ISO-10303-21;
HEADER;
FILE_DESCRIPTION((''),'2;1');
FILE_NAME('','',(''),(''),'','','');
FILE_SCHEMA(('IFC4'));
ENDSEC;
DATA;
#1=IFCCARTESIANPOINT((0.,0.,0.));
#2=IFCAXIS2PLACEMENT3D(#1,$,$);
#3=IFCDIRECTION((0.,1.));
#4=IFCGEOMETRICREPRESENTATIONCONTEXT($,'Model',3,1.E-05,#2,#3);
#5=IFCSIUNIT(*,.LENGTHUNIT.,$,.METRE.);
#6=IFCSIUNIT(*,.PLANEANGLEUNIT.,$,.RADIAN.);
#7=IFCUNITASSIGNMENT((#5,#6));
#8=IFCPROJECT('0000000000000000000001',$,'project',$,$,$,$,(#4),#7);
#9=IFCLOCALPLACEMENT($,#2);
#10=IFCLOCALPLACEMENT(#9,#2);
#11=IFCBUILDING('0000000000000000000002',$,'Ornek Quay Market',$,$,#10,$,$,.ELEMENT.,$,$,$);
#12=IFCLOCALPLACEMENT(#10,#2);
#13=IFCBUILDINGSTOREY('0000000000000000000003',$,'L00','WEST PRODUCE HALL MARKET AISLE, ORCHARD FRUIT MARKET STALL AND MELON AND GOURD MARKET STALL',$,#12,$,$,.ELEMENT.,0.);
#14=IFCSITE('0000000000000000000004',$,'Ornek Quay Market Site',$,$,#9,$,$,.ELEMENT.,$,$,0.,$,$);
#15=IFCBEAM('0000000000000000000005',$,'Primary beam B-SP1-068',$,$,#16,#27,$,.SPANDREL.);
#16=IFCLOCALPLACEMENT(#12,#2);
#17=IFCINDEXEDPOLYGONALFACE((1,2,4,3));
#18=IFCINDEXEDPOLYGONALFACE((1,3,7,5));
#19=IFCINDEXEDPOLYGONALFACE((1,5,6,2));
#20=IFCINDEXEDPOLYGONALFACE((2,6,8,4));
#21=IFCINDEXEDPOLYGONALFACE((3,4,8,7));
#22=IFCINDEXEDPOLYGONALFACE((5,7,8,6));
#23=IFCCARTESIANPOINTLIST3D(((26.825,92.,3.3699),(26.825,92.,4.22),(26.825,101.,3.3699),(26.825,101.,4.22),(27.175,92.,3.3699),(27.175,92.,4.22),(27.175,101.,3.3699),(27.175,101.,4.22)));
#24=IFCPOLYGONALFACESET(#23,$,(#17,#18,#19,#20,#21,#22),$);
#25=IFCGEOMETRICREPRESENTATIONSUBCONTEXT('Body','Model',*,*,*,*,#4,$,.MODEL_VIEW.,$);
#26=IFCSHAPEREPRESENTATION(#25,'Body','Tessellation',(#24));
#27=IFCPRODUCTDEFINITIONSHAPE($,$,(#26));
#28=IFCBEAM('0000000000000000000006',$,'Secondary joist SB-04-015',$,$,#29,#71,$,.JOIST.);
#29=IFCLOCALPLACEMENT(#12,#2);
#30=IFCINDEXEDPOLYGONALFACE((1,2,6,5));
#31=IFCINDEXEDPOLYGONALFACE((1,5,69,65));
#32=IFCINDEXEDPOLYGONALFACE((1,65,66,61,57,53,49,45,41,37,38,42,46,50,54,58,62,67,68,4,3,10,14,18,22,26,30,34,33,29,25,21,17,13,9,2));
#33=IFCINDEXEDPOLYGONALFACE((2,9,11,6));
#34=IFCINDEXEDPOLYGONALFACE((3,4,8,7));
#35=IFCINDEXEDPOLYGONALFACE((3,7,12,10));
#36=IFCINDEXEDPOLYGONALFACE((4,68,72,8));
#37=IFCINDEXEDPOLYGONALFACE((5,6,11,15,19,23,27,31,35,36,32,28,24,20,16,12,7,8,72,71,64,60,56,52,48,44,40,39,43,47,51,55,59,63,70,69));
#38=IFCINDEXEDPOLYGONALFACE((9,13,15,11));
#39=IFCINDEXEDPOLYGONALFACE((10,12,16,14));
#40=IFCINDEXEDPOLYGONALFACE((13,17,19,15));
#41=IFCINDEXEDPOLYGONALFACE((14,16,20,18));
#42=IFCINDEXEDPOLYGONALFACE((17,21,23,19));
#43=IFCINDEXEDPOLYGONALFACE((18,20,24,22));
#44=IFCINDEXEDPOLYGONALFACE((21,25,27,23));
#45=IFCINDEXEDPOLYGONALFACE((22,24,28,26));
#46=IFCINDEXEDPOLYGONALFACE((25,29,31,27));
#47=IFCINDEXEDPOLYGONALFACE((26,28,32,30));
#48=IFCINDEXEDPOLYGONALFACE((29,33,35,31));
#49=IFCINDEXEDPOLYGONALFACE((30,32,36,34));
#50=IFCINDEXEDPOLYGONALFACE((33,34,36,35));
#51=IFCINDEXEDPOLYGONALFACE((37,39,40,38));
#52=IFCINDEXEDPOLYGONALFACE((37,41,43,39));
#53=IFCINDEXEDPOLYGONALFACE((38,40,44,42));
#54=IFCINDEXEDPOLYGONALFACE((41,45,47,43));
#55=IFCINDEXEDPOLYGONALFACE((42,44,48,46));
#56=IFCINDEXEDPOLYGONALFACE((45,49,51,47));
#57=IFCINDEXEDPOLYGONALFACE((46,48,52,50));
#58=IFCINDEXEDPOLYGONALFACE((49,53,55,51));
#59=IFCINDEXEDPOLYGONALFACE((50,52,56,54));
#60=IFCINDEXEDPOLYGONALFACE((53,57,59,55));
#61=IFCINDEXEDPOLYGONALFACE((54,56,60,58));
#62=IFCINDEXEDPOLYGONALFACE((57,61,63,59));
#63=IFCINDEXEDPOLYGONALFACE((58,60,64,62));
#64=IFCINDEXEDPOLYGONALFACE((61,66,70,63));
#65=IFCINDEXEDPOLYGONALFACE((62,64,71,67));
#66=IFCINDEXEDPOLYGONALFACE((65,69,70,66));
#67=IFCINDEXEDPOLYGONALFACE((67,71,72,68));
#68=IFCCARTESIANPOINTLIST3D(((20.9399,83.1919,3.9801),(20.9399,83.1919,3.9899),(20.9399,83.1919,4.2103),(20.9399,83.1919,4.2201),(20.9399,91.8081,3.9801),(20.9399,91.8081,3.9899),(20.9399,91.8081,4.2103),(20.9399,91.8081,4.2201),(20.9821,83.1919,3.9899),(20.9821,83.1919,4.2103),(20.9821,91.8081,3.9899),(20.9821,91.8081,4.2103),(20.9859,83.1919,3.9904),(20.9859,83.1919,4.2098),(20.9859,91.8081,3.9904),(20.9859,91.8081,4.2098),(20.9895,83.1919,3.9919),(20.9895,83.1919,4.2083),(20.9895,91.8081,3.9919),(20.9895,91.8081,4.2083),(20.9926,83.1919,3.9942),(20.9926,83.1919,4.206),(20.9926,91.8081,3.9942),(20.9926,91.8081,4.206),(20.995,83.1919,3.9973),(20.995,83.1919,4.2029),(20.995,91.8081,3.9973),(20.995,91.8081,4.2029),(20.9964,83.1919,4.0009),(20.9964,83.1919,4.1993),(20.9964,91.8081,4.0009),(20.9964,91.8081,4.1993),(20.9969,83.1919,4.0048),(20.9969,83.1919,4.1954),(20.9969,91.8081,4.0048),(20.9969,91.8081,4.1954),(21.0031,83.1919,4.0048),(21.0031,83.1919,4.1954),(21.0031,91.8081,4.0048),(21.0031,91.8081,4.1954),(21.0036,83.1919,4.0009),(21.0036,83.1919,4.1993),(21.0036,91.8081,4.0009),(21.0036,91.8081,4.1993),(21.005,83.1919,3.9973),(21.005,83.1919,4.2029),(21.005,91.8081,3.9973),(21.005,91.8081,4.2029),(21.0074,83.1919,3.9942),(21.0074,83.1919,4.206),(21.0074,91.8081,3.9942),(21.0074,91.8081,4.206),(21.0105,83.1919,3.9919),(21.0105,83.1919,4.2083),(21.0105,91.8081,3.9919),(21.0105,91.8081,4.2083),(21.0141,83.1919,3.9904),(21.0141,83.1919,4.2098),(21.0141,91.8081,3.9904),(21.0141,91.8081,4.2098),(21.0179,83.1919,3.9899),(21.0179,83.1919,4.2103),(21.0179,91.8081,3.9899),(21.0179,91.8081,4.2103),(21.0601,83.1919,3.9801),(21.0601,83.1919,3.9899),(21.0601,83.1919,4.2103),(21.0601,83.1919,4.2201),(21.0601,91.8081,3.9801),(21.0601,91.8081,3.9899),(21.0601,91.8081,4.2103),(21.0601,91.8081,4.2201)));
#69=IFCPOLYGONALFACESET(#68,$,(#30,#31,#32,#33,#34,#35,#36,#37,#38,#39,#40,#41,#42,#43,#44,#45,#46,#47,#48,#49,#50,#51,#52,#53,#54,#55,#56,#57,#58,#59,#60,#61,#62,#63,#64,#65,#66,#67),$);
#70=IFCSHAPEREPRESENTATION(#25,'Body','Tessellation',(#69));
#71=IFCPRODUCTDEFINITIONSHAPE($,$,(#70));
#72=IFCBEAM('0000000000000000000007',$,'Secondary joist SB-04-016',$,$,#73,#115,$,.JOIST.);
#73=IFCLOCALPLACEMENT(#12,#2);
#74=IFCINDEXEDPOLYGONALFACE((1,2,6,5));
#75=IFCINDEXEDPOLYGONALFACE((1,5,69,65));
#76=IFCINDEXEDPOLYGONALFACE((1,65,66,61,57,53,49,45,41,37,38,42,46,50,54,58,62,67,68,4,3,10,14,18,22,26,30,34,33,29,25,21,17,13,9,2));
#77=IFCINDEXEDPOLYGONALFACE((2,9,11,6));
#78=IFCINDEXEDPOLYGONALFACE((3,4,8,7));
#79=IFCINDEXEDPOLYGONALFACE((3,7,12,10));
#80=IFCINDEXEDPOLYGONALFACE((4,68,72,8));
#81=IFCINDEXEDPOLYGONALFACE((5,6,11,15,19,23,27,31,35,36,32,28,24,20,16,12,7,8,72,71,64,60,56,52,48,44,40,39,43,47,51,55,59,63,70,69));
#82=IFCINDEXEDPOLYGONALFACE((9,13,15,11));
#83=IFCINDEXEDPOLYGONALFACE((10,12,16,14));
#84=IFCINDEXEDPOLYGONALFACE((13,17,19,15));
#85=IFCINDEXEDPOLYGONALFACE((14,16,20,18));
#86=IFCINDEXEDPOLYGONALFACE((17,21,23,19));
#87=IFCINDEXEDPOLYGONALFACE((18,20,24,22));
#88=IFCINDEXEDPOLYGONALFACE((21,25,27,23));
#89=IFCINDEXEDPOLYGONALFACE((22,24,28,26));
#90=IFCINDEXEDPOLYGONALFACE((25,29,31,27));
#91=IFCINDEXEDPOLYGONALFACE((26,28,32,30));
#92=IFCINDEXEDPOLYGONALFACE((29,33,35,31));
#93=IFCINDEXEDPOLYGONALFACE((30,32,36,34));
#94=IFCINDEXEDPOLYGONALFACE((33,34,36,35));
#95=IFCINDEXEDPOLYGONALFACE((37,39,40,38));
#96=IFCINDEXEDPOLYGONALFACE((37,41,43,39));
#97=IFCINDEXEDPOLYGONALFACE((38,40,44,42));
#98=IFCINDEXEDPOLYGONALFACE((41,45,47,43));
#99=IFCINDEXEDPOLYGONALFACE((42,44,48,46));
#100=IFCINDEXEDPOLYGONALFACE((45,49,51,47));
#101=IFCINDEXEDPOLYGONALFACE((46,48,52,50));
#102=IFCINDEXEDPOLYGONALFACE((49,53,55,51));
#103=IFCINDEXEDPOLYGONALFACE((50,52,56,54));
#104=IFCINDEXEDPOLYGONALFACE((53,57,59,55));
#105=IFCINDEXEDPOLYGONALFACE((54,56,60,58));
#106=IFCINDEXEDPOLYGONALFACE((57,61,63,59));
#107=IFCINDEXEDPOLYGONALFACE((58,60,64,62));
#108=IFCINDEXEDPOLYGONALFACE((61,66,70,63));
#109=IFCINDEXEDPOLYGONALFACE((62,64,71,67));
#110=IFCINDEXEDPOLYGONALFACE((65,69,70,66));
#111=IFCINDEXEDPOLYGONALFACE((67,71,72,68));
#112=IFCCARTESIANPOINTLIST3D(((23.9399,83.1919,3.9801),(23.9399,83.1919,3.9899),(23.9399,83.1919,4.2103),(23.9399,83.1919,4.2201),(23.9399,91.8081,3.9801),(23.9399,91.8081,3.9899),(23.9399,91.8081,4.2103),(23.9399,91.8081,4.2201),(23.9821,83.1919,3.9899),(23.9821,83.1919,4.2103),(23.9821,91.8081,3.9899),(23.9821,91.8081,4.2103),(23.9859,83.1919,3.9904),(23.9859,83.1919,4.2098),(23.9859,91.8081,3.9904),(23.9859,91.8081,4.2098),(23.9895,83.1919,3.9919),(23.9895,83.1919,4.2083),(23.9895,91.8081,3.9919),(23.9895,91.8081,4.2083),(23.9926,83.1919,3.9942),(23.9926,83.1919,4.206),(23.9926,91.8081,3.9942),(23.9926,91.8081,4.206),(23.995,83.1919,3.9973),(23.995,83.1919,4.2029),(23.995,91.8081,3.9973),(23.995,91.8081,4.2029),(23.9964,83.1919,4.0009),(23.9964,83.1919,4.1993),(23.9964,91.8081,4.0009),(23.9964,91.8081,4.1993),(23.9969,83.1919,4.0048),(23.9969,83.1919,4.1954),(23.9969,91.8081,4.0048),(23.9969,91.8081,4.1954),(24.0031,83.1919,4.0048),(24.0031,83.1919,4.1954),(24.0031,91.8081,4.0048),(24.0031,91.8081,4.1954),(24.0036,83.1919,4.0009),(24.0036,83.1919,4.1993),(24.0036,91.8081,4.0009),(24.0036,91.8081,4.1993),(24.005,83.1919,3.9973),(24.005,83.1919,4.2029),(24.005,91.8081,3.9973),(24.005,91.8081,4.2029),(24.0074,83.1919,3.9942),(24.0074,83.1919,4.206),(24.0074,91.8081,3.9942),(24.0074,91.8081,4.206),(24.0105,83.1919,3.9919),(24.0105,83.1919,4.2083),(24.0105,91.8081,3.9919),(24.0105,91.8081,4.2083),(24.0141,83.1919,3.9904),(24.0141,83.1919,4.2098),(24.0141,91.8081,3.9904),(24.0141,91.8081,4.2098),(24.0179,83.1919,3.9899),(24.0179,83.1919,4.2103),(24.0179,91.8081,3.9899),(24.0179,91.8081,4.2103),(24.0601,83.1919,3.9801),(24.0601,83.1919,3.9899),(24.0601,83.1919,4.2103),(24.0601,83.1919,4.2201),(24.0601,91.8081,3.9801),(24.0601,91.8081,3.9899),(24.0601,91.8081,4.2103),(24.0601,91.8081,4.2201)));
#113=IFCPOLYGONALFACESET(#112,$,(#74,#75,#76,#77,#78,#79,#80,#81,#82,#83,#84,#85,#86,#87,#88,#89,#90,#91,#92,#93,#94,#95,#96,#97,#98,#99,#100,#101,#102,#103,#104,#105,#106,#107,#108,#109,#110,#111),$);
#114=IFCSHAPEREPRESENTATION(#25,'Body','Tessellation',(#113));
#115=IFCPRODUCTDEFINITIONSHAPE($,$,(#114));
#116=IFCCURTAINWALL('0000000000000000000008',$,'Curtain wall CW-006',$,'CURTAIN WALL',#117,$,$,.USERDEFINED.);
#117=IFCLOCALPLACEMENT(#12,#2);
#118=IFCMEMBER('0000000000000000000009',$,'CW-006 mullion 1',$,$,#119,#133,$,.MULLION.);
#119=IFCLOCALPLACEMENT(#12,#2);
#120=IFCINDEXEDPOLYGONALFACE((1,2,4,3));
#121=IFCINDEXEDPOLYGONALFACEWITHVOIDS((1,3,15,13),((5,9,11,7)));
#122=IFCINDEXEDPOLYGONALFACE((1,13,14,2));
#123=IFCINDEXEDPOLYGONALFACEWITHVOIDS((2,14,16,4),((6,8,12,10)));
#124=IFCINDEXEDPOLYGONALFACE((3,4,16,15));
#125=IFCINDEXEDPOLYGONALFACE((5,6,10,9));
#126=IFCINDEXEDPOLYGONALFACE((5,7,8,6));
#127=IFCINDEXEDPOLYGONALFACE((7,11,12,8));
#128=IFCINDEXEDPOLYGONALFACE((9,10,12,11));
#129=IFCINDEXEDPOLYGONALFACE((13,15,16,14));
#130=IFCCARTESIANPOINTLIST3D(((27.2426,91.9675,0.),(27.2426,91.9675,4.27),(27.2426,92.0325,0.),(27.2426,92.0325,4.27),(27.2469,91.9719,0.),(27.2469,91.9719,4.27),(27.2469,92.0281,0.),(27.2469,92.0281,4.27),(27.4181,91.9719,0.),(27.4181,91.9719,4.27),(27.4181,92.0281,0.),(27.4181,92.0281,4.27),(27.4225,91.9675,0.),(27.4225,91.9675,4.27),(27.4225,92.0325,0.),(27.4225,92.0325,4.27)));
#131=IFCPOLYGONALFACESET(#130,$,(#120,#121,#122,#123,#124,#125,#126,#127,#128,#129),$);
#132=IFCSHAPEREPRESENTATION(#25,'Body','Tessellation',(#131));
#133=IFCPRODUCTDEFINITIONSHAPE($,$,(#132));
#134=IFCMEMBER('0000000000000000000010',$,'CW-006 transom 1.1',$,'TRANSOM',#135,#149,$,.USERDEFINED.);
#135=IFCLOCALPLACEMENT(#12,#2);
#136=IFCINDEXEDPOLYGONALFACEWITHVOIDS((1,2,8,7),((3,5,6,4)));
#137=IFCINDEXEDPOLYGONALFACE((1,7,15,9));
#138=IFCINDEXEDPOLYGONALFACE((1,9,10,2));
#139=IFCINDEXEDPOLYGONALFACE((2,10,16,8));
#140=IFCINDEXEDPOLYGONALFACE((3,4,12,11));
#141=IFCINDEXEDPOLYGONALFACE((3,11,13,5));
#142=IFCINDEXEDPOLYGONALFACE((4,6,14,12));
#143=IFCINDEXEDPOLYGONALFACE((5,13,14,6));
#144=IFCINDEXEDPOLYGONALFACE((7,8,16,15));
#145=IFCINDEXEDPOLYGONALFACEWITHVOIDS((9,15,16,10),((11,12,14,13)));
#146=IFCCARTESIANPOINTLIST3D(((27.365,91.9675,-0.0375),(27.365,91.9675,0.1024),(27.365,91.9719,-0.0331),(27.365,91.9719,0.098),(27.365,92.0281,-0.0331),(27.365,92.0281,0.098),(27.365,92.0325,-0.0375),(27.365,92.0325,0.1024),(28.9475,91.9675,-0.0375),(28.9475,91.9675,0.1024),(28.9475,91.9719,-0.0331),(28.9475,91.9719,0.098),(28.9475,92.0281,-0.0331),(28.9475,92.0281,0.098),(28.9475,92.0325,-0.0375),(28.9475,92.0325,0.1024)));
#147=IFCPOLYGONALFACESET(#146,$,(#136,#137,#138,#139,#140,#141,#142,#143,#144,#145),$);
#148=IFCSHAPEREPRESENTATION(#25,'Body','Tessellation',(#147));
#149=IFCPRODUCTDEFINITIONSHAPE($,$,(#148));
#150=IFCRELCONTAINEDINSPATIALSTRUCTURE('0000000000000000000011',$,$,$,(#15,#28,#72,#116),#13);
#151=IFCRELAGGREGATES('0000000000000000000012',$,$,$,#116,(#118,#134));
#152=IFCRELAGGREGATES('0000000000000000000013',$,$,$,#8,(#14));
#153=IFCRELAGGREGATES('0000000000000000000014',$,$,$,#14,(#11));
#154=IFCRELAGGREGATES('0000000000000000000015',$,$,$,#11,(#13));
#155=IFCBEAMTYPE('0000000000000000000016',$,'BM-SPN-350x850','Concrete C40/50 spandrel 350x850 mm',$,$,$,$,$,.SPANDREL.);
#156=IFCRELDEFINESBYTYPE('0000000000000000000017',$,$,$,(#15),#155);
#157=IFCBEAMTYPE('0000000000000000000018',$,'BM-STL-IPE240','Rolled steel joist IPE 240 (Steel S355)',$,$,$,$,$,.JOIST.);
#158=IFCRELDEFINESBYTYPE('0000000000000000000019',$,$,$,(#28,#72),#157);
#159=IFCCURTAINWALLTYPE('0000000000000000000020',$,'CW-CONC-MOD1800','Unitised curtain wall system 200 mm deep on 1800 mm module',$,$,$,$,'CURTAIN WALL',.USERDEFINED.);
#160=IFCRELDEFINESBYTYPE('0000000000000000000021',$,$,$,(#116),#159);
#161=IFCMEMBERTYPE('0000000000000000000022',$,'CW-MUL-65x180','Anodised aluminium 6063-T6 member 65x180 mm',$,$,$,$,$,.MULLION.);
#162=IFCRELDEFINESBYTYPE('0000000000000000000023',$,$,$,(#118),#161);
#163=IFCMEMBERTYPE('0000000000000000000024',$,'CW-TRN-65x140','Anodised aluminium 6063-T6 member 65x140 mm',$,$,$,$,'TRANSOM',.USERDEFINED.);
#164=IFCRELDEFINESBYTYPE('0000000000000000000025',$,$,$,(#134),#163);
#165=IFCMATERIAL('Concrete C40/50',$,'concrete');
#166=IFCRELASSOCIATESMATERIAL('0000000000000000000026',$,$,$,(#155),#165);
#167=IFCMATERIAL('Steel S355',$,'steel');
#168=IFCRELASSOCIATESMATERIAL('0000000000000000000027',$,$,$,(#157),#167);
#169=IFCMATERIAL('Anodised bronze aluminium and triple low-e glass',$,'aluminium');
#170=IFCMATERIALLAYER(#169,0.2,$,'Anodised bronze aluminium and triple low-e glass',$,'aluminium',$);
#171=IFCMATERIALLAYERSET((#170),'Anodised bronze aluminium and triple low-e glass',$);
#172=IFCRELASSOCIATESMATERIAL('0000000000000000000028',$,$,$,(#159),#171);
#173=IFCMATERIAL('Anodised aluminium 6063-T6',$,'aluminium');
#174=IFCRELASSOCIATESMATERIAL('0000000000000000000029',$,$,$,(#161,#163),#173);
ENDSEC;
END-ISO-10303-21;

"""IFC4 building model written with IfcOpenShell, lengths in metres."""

from ifc_helpers import new_model, si_unit, direction, frame, origin, origin_2d, place, context, subcontext, project, spatial, rectangle, hollow_rectangle, i_section, extrude, material, layer, layer_set, material_profile, profile_set, type_object, element, aggregate, save


model = new_model("IFC4")

# Units and contexts
model_context = context("Model", 3, precision=1e-05, world=origin(), true_north=direction((0.0, 1.0)))
body_context = subcontext(model_context, "Body", "Model", "MODEL_VIEW")
ifc_project = project(units=[si_unit("LENGTHUNIT", "METRE"), si_unit("PLANEANGLEUNIT", "RADIAN")], contexts=[model_context])

# Site, building, storey
site_placement = place(None, origin())
site = spatial("IfcSite", under=ifc_project, at=site_placement, Name="Ornek Quay Market Site", CompositionType="ELEMENT", RefElevation=0.0)
building_placement = place(site_placement, origin())
building = spatial("IfcBuilding", under=site, at=building_placement, Name="Ornek Quay Market", CompositionType="ELEMENT")
storey_placement = place(building_placement, origin())
storey = spatial("IfcBuildingStorey", under=building, at=storey_placement, Name="L00", Description="WEST PRODUCE HALL MARKET AISLE, ORCHARD FRUIT MARKET STALL AND MELON AND GOURD MARKET STALL", CompositionType="ELEMENT", Elevation=0.0)

# Shared definitions
ifc_material_1 = material(Name="Concrete C40/50", Category="concrete")

# Beams
ifc_material_profile_1 = material_profile(ifc_material_1, rectangle(XDim=0.3501, YDim=0.8501, at=origin_2d()), Name="RC 350x850", Category="concrete")
ifc_profile_set_1 = profile_set([ifc_material_profile_1], Name="Concrete C40/50")
beam_type_1 = type_object("IfcBeamType", Name="BM-SPN-350x850", Description="Concrete C40/50 spandrel 350x850 mm", PredefinedType="SPANDREL", material=ifc_profile_set_1)
for number, where, z_axis, x_axis, name in (
    (1, (27.0, 92.0, 3.7949), (0.0, 1.0, 0.0), (-1.0, 0.0, 0.0), "Primary beam B-SP1-068"),
):
    element("IfcBeam", number, at=place(storey_placement, frame(where, z_axis=z_axis, x_axis=x_axis)), inside=storey, type_object=beam_type_1, Name=name, PredefinedType="SPANDREL", context=body_context, shape_type="SweptSolid", body=[
        extrude(rectangle(XDim=0.3501, YDim=0.8501, at=origin_2d()), origin(), (0.0, 0.0, 1.0), 9.0),
    ])
ifc_material_2 = material(Name="Steel S355", Category="steel")
ifc_material_profile_2 = material_profile(ifc_material_2, i_section(OverallWidth=0.1201, OverallDepth=0.24, WebThickness=0.0061, FlangeThickness=0.0098, FilletRadius=0.0149, at=origin_2d()), Name="IPE 240", Category="steel")
ifc_profile_set_2 = profile_set([ifc_material_profile_2], Name="Steel S355")
beam_type_2 = type_object("IfcBeamType", Name="BM-STL-IPE240", Description="Rolled steel joist IPE 240 (Steel S355)", PredefinedType="JOIST", material=ifc_profile_set_2)
for number, where, z_axis, x_axis, name in (
    (2, (21.0, 83.1919, 4.1001), (0.0, 1.0, 0.0), (-1.0, 0.0, 0.0), "Secondary joist SB-04-015"),
    (3, (24.0, 83.1919, 4.1001), (0.0, 1.0, 0.0), (-1.0, 0.0, 0.0), "Secondary joist SB-04-016"),
):
    element("IfcBeam", number, at=place(storey_placement, frame(where, z_axis=z_axis, x_axis=x_axis)), inside=storey, type_object=beam_type_2, Name=name, PredefinedType="JOIST", context=body_context, shape_type="SweptSolid", body=[
        extrude(i_section(OverallWidth=0.1201, OverallDepth=0.24, WebThickness=0.0061, FlangeThickness=0.0098, FilletRadius=0.0149, at=origin_2d()), origin(), (0.0, 0.0, 1.0), 8.6162),
    ])

# Curtain wall, members
ifc_material_3 = material(Name="Anodised bronze aluminium and triple low-e glass", Category="aluminium")
ifc_layer_1 = layer(ifc_material_3, 0.2, Name="Anodised bronze aluminium and triple low-e glass", Category="aluminium")
ifc_layer_set_1 = layer_set([ifc_layer_1], Name="Anodised bronze aluminium and triple low-e glass")
curtain_wall_type = type_object("IfcCurtainWallType", Name="CW-CONC-MOD1800", Description="Unitised curtain wall system 200 mm deep on 1800 mm module", ElementType="CURTAIN WALL", PredefinedType="USERDEFINED", material=ifc_layer_set_1)
curtain_wall_placement = place(storey_placement, origin())
curtain_wall = element("IfcCurtainWall", 4, at=curtain_wall_placement, inside=storey, type_object=curtain_wall_type, Name="Curtain wall CW-006", ObjectType="CURTAIN WALL", PredefinedType="USERDEFINED")
ifc_material_4 = material(Name="Anodised aluminium 6063-T6", Category="aluminium")
ifc_material_profile_3 = material_profile(ifc_material_4, hollow_rectangle(XDim=0.0649, YDim=0.1799, WallThickness=0.0044, at=origin_2d()), Name="CW-MUL-65x180", Category="aluminium")
ifc_profile_set_3 = profile_set([ifc_material_profile_3], Name="Anodised aluminium 6063-T6")
member_type_1 = type_object("IfcMemberType", Name="CW-MUL-65x180", Description="Anodised aluminium 6063-T6 member 65x180 mm", PredefinedType="MULLION", material=ifc_profile_set_3)
member_1_placement = place(storey_placement, frame((27.3325, 92.0, 0.0), z_axis=(0.0, 0.0, 1.0), x_axis=(0.0, 1.0, 0.0)))
member_1 = element("IfcMember", 5, at=member_1_placement, type_object=member_type_1, Name="CW-006 mullion 1", PredefinedType="MULLION", context=body_context, shape_type="SweptSolid", body=[
    extrude(hollow_rectangle(XDim=0.0649, YDim=0.1799, WallThickness=0.0044, at=origin_2d()), origin(), (0.0, 0.0, 1.0), 4.27),
])
ifc_material_profile_4 = material_profile(ifc_material_4, hollow_rectangle(XDim=0.0649, YDim=0.1399, WallThickness=0.0044, at=origin_2d()), Name="CW-TRN-65x140", Category="aluminium")
ifc_profile_set_4 = profile_set([ifc_material_profile_4], Name="Anodised aluminium 6063-T6")
member_type_2 = type_object("IfcMemberType", Name="CW-TRN-65x140", Description="Anodised aluminium 6063-T6 member 65x140 mm", ElementType="TRANSOM", PredefinedType="USERDEFINED", material=ifc_profile_set_4)
member_2_placement = place(storey_placement, frame((27.365, 92.0, 0.0325), z_axis=(1.0, 0.0, 0.0), x_axis=(0.0, 1.0, 0.0)))
member_2 = element("IfcMember", 6, at=member_2_placement, type_object=member_type_2, Name="CW-006 transom 1.1", ObjectType="TRANSOM", PredefinedType="USERDEFINED", context=body_context, shape_type="SweptSolid", body=[
    extrude(hollow_rectangle(XDim=0.0649, YDim=0.1399, WallThickness=0.0044, at=origin_2d()), origin(), (0.0, 0.0, 1.0), 1.5825),
])
aggregate(curtain_wall, [member_1, member_2])

save(model, "model.ifc")
